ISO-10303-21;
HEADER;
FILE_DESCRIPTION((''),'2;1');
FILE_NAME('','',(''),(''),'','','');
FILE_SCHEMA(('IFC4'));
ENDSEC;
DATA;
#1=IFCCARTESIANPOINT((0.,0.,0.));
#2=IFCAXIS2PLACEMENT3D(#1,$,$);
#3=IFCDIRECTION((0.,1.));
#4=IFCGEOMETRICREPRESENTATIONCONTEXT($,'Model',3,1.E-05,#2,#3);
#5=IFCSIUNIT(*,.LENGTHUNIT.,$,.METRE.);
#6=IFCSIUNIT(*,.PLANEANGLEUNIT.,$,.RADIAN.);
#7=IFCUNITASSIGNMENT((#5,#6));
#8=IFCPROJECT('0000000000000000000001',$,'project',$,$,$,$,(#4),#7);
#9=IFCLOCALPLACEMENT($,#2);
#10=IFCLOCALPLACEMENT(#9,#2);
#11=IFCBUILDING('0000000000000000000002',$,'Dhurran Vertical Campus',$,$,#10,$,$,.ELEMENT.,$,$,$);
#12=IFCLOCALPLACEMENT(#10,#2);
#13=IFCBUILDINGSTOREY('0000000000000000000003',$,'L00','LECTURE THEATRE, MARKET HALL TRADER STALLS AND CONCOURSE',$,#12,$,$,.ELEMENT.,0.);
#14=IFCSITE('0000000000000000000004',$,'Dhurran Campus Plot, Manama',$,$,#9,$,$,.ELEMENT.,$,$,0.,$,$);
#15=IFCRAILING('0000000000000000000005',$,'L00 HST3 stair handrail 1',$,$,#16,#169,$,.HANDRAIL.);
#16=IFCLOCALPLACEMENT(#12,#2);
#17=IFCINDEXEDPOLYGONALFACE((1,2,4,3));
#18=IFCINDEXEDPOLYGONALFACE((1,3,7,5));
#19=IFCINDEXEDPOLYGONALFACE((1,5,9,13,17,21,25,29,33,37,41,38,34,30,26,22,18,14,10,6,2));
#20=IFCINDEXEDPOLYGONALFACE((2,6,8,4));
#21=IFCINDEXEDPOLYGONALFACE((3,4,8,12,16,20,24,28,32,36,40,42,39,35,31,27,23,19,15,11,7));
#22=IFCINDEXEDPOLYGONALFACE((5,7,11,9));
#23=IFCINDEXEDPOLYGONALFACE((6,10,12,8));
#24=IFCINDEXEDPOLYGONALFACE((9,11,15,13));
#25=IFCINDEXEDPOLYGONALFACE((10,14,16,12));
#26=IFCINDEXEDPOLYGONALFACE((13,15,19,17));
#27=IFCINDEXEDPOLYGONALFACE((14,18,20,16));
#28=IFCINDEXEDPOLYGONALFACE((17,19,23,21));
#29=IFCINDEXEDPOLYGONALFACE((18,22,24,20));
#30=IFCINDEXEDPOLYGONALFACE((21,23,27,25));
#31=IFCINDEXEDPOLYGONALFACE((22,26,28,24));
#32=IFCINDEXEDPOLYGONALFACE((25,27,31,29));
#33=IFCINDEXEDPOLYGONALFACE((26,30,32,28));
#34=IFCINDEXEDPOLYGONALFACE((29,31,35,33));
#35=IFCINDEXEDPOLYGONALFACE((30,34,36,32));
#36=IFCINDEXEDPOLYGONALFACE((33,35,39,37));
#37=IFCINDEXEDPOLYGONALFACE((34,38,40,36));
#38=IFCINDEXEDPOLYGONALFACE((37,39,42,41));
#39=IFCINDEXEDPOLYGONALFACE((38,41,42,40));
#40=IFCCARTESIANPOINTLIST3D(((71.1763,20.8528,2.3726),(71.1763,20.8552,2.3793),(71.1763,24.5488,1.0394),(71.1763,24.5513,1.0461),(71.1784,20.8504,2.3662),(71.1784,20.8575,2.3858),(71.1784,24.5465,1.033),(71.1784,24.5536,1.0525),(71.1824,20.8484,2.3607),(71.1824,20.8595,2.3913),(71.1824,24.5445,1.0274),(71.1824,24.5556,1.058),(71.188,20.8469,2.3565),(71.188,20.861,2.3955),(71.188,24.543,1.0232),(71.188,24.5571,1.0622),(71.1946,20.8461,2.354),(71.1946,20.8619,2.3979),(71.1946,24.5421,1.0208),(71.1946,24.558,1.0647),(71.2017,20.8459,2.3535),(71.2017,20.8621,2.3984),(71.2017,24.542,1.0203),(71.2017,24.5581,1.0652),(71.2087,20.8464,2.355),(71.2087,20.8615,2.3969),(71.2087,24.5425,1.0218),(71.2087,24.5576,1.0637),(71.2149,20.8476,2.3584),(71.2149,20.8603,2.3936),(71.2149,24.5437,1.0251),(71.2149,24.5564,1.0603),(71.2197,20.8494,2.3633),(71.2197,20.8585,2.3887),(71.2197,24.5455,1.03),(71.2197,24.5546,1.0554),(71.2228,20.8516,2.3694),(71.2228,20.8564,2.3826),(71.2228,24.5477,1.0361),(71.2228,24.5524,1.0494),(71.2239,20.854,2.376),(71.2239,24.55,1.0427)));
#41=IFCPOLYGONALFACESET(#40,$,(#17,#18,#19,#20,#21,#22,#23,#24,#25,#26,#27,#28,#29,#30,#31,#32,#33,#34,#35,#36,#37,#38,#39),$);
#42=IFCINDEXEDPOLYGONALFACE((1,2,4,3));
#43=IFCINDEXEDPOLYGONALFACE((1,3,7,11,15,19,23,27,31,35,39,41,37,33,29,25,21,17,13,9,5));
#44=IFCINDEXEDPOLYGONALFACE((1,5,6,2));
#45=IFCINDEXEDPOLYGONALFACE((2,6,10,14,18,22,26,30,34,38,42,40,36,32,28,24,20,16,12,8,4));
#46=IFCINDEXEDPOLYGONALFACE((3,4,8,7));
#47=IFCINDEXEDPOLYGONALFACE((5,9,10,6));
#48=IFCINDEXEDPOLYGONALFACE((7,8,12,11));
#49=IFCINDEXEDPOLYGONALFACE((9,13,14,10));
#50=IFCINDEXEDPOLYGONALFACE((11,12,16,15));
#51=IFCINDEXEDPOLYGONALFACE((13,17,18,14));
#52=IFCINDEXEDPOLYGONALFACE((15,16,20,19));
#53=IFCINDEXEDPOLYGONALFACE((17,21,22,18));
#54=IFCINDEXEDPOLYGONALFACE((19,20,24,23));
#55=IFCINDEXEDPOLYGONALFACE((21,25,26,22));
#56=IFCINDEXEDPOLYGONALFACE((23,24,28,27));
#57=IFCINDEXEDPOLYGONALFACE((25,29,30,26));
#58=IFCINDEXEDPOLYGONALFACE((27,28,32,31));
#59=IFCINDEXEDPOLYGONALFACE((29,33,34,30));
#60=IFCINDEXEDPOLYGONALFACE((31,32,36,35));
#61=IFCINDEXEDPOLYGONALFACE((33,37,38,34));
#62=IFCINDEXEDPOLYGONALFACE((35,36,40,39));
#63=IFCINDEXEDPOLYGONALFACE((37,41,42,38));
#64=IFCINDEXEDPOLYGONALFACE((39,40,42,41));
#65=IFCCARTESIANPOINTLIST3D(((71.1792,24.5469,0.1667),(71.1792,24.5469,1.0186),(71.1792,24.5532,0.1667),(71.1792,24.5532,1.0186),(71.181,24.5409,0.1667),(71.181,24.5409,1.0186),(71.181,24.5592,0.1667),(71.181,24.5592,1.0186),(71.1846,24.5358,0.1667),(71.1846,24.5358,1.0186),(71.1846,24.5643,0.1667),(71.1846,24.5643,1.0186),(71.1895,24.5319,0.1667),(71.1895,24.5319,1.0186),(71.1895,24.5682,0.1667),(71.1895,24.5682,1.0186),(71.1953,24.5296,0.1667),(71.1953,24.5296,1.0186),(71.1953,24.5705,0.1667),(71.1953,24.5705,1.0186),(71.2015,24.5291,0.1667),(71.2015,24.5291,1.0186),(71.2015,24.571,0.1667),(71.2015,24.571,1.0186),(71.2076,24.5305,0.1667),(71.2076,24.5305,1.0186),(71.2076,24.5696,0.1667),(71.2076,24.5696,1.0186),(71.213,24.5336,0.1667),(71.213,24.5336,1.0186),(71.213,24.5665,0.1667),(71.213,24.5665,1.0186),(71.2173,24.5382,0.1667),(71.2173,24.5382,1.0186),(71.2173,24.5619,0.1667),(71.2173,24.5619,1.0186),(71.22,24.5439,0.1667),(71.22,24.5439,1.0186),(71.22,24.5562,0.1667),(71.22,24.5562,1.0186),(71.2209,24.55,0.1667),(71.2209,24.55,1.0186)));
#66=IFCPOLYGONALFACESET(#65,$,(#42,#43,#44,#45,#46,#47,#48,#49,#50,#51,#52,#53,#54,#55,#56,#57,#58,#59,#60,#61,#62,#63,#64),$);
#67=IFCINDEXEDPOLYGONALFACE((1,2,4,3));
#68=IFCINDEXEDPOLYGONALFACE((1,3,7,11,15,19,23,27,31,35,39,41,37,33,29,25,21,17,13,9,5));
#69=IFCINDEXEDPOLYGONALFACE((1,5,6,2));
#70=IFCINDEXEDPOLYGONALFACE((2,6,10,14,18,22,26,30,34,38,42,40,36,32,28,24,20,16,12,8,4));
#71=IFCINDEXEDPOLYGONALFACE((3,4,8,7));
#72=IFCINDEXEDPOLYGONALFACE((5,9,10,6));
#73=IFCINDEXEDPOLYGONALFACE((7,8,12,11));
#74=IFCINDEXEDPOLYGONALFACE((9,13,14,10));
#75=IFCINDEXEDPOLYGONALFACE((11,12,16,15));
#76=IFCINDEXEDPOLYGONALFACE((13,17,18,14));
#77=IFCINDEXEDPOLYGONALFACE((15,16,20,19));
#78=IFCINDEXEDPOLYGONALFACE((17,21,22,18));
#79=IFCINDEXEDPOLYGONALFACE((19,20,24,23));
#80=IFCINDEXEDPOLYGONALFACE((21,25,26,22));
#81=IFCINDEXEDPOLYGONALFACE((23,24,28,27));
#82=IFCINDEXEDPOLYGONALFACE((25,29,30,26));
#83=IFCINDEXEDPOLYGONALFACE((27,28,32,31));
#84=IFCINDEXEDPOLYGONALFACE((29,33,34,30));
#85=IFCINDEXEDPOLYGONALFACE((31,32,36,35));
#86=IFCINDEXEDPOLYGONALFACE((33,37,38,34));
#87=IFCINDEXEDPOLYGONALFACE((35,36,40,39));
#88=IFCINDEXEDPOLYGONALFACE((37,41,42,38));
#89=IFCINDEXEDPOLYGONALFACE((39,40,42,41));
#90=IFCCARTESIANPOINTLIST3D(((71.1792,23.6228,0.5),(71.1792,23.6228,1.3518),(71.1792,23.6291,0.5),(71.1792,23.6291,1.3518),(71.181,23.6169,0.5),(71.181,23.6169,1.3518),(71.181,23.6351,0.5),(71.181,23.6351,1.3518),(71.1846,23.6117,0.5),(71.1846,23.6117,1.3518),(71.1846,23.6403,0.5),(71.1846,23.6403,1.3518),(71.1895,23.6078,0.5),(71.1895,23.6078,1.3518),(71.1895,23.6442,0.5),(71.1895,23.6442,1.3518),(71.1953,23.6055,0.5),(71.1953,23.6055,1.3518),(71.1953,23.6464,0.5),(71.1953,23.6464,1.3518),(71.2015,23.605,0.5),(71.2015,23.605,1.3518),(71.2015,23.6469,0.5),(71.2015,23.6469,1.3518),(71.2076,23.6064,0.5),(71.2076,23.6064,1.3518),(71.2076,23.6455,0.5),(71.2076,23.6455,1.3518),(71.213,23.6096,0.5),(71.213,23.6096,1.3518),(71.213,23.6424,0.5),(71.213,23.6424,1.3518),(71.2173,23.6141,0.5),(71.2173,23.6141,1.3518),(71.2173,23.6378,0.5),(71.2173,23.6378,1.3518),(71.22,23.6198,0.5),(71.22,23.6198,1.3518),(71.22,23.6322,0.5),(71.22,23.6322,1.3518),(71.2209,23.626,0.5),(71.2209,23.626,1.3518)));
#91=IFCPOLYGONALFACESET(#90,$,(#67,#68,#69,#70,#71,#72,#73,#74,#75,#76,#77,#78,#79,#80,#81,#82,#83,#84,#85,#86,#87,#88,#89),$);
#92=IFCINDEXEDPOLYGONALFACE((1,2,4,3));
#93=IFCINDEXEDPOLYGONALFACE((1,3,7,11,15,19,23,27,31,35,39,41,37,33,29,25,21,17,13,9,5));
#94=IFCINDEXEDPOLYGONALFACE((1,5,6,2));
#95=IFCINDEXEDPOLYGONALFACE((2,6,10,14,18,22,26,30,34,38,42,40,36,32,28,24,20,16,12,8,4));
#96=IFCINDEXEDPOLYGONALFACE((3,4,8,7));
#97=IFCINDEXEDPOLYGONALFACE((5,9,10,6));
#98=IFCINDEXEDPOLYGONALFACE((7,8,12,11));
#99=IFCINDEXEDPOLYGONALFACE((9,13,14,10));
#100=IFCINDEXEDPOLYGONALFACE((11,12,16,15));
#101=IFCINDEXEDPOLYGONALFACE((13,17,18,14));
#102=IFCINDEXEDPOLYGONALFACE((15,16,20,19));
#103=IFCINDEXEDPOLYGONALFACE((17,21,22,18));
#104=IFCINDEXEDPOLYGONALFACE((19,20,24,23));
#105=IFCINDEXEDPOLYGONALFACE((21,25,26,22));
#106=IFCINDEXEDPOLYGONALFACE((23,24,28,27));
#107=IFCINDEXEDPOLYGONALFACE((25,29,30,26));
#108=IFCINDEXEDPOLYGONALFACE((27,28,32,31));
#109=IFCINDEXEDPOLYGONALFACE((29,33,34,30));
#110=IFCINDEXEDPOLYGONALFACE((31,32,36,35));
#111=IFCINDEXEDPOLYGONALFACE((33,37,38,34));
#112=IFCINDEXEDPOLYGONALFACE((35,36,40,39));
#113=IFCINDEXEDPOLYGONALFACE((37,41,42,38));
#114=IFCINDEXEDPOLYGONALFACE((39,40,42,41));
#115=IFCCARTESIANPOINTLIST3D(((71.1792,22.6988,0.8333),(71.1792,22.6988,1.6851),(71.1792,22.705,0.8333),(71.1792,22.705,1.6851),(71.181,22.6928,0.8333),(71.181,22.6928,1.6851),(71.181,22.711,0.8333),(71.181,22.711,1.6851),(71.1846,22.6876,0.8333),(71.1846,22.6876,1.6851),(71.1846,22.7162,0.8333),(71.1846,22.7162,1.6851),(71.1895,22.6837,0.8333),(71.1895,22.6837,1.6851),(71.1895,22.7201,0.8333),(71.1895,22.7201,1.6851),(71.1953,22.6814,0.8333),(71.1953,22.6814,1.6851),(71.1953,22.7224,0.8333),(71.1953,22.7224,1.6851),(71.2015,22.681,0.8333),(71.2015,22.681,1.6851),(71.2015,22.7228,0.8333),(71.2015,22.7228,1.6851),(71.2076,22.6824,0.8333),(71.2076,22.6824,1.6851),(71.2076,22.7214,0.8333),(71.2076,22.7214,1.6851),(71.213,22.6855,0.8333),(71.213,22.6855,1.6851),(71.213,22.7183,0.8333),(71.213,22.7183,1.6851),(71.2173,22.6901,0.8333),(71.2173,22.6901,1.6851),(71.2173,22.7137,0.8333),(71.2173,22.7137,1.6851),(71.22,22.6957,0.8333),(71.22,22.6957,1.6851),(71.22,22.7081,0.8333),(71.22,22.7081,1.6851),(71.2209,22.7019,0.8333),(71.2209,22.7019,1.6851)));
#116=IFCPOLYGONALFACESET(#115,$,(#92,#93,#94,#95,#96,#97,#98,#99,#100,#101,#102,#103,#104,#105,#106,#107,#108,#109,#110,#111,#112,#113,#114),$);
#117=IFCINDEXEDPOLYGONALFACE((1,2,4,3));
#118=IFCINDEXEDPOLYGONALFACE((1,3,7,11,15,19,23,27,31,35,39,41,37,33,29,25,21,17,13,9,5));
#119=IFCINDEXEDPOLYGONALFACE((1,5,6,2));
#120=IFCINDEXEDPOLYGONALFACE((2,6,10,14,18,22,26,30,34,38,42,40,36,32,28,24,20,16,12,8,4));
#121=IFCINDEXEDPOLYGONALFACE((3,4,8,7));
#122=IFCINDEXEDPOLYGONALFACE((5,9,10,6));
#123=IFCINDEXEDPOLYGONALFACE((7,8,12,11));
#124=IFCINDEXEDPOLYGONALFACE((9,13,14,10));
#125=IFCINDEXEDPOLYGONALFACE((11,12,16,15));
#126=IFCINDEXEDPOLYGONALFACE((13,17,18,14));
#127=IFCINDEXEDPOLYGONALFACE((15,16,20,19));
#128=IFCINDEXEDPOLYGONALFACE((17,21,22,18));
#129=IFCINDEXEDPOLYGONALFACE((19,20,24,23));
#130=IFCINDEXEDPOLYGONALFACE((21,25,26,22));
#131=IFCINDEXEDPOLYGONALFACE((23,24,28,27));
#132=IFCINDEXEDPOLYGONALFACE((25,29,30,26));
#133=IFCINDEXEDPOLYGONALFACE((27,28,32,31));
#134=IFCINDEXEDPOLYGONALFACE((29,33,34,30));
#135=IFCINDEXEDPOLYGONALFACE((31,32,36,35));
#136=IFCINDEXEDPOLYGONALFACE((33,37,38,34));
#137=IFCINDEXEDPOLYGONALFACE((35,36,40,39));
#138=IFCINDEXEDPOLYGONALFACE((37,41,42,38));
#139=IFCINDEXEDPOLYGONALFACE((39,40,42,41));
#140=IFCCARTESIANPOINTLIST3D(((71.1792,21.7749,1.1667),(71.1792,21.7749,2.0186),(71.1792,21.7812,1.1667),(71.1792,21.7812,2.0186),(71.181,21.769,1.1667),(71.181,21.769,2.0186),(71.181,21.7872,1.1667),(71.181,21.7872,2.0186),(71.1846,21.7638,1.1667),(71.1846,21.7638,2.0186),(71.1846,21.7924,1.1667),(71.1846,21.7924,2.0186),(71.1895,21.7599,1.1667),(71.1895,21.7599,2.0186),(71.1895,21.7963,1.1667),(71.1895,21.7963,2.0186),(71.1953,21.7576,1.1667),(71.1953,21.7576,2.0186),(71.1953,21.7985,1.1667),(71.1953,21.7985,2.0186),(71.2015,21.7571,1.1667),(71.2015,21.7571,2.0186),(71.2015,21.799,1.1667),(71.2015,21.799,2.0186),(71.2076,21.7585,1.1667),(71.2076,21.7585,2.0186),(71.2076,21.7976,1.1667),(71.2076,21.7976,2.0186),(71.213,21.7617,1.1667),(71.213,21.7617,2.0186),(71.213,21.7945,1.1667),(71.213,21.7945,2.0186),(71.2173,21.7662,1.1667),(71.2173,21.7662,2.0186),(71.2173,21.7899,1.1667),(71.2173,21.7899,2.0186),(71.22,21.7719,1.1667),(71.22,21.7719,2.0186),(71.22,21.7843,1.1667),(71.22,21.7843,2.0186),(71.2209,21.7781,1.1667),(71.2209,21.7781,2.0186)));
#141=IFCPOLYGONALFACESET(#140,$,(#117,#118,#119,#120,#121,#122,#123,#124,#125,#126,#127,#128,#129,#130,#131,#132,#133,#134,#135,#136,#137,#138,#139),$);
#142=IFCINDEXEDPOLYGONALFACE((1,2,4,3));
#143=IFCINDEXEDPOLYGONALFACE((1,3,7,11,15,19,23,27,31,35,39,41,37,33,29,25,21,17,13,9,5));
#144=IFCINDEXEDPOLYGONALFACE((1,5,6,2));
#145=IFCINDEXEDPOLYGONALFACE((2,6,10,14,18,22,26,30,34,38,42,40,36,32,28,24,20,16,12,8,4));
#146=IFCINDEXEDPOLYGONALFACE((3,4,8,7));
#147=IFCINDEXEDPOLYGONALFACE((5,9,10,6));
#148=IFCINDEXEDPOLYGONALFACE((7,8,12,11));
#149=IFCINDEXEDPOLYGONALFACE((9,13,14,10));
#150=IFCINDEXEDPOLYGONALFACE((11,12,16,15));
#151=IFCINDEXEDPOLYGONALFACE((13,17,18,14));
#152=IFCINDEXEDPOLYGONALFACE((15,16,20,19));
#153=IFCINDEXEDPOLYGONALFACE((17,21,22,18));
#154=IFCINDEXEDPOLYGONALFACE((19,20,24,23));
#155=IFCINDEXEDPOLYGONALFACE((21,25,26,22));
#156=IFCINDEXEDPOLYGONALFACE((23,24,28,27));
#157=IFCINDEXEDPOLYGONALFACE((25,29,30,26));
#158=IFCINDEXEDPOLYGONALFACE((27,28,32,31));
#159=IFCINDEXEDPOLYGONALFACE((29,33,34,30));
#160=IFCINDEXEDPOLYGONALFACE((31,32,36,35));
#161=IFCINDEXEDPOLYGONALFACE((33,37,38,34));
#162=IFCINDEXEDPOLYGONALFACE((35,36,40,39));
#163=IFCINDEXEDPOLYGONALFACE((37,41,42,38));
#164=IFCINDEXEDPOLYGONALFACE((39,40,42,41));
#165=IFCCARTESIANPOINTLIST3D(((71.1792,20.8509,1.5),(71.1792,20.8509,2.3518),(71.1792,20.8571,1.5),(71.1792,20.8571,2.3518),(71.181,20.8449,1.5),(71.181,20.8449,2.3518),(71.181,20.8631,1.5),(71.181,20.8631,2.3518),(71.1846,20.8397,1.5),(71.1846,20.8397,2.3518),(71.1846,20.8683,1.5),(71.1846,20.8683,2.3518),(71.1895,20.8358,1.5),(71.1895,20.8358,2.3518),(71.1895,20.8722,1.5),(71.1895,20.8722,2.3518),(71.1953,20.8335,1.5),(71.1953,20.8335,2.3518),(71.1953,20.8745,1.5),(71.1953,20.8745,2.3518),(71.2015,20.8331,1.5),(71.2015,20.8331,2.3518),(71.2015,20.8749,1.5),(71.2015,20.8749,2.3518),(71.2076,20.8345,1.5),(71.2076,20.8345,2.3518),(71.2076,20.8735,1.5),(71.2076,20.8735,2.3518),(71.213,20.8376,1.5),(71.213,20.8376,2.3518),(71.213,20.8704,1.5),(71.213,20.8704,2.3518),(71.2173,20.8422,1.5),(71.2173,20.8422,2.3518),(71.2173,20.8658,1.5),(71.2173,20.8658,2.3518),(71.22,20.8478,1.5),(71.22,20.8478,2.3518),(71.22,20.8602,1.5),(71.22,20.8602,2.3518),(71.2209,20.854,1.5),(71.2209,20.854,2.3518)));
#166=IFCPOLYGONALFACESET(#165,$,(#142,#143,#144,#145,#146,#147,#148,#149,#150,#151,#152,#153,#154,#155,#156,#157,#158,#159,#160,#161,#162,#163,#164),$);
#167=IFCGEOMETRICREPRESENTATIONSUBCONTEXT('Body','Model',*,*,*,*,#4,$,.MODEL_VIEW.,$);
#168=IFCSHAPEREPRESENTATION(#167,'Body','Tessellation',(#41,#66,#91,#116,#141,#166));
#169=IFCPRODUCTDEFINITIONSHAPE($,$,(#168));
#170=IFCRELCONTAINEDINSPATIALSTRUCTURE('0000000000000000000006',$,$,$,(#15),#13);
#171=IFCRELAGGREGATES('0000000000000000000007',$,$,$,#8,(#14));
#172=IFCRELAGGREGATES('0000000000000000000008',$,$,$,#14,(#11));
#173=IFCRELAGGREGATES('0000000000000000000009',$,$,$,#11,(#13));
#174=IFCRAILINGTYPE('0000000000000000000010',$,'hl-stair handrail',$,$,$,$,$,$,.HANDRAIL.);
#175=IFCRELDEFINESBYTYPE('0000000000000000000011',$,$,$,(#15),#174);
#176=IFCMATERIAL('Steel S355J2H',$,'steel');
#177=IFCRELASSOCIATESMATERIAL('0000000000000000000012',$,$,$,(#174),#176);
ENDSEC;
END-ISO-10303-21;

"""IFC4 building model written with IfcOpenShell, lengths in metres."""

from ifc_helpers import new_model, si_unit, direction, frame, origin, origin_2d, place, context, subcontext, project, spatial, circle, extrude, material, type_object, element, save


model = new_model("IFC4")

# Units and contexts
model_context = context("Model", 3, precision=1e-05, world=origin(), true_north=direction((0.0, 1.0)))
body_context = subcontext(model_context, "Body", "Model", "MODEL_VIEW")
ifc_project = project(units=[si_unit("LENGTHUNIT", "METRE"), si_unit("PLANEANGLEUNIT", "RADIAN")], contexts=[model_context])

# Site, building, storey
site_placement = place(None, origin())
site = spatial("IfcSite", under=ifc_project, at=site_placement, Name="Dhurran Campus Plot, Manama", CompositionType="ELEMENT", RefElevation=0.0)
building_placement = place(site_placement, origin())
building = spatial("IfcBuilding", under=site, at=building_placement, Name="Dhurran Vertical Campus", CompositionType="ELEMENT")
storey_placement = place(building_placement, origin())
storey = spatial("IfcBuildingStorey", under=building, at=storey_placement, Name="L00", Description="LECTURE THEATRE, MARKET HALL TRADER STALLS AND CONCOURSE", CompositionType="ELEMENT", Elevation=0.0)

# Railing
ifc_material_1 = material(Name="Steel S355J2H", Category="steel")
railing_type_1 = type_object("IfcRailingType", Name="hl-stair handrail", PredefinedType="HANDRAIL", material=ifc_material_1)
for number, where, name in (
    (1, (71.2, 24.55, 0.1667), "L00 HST3 stair handrail 1"),
):
    element("IfcRailing", number, at=place(storey_placement, frame(where)), inside=storey, type_object=railing_type_1, Name=name, PredefinedType="HANDRAIL", context=body_context, shape_type="SweptSolid", body=[
        extrude(circle(Radius=0.0239, at=origin_2d()), frame((0.0, 0.0, 0.876), z_axis=(0.0, -0.94067, 0.339322), x_axis=(1.0, 0.0, 0.0)), (0.0, 0.0, 1.0), 3.9292),
        extrude(circle(Radius=0.021, at=origin_2d()), origin(), (0.0, 0.0, 1.0), 0.8518),
        extrude(circle(Radius=0.021, at=origin_2d()), frame((0.0, -0.9241, 0.3333)), (0.0, 0.0, 1.0), 0.8518),
        extrude(circle(Radius=0.021, at=origin_2d()), frame((0.0, -1.8481, 0.6665)), (0.0, 0.0, 1.0), 0.8518),
        extrude(circle(Radius=0.021, at=origin_2d()), frame((0.0, -2.772, 1.0)), (0.0, 0.0, 1.0), 0.8518),
        extrude(circle(Radius=0.021, at=origin_2d()), frame((0.0, -3.696, 1.3333)), (0.0, 0.0, 1.0), 0.8518),
    ])

save(model, "model.ifc")
